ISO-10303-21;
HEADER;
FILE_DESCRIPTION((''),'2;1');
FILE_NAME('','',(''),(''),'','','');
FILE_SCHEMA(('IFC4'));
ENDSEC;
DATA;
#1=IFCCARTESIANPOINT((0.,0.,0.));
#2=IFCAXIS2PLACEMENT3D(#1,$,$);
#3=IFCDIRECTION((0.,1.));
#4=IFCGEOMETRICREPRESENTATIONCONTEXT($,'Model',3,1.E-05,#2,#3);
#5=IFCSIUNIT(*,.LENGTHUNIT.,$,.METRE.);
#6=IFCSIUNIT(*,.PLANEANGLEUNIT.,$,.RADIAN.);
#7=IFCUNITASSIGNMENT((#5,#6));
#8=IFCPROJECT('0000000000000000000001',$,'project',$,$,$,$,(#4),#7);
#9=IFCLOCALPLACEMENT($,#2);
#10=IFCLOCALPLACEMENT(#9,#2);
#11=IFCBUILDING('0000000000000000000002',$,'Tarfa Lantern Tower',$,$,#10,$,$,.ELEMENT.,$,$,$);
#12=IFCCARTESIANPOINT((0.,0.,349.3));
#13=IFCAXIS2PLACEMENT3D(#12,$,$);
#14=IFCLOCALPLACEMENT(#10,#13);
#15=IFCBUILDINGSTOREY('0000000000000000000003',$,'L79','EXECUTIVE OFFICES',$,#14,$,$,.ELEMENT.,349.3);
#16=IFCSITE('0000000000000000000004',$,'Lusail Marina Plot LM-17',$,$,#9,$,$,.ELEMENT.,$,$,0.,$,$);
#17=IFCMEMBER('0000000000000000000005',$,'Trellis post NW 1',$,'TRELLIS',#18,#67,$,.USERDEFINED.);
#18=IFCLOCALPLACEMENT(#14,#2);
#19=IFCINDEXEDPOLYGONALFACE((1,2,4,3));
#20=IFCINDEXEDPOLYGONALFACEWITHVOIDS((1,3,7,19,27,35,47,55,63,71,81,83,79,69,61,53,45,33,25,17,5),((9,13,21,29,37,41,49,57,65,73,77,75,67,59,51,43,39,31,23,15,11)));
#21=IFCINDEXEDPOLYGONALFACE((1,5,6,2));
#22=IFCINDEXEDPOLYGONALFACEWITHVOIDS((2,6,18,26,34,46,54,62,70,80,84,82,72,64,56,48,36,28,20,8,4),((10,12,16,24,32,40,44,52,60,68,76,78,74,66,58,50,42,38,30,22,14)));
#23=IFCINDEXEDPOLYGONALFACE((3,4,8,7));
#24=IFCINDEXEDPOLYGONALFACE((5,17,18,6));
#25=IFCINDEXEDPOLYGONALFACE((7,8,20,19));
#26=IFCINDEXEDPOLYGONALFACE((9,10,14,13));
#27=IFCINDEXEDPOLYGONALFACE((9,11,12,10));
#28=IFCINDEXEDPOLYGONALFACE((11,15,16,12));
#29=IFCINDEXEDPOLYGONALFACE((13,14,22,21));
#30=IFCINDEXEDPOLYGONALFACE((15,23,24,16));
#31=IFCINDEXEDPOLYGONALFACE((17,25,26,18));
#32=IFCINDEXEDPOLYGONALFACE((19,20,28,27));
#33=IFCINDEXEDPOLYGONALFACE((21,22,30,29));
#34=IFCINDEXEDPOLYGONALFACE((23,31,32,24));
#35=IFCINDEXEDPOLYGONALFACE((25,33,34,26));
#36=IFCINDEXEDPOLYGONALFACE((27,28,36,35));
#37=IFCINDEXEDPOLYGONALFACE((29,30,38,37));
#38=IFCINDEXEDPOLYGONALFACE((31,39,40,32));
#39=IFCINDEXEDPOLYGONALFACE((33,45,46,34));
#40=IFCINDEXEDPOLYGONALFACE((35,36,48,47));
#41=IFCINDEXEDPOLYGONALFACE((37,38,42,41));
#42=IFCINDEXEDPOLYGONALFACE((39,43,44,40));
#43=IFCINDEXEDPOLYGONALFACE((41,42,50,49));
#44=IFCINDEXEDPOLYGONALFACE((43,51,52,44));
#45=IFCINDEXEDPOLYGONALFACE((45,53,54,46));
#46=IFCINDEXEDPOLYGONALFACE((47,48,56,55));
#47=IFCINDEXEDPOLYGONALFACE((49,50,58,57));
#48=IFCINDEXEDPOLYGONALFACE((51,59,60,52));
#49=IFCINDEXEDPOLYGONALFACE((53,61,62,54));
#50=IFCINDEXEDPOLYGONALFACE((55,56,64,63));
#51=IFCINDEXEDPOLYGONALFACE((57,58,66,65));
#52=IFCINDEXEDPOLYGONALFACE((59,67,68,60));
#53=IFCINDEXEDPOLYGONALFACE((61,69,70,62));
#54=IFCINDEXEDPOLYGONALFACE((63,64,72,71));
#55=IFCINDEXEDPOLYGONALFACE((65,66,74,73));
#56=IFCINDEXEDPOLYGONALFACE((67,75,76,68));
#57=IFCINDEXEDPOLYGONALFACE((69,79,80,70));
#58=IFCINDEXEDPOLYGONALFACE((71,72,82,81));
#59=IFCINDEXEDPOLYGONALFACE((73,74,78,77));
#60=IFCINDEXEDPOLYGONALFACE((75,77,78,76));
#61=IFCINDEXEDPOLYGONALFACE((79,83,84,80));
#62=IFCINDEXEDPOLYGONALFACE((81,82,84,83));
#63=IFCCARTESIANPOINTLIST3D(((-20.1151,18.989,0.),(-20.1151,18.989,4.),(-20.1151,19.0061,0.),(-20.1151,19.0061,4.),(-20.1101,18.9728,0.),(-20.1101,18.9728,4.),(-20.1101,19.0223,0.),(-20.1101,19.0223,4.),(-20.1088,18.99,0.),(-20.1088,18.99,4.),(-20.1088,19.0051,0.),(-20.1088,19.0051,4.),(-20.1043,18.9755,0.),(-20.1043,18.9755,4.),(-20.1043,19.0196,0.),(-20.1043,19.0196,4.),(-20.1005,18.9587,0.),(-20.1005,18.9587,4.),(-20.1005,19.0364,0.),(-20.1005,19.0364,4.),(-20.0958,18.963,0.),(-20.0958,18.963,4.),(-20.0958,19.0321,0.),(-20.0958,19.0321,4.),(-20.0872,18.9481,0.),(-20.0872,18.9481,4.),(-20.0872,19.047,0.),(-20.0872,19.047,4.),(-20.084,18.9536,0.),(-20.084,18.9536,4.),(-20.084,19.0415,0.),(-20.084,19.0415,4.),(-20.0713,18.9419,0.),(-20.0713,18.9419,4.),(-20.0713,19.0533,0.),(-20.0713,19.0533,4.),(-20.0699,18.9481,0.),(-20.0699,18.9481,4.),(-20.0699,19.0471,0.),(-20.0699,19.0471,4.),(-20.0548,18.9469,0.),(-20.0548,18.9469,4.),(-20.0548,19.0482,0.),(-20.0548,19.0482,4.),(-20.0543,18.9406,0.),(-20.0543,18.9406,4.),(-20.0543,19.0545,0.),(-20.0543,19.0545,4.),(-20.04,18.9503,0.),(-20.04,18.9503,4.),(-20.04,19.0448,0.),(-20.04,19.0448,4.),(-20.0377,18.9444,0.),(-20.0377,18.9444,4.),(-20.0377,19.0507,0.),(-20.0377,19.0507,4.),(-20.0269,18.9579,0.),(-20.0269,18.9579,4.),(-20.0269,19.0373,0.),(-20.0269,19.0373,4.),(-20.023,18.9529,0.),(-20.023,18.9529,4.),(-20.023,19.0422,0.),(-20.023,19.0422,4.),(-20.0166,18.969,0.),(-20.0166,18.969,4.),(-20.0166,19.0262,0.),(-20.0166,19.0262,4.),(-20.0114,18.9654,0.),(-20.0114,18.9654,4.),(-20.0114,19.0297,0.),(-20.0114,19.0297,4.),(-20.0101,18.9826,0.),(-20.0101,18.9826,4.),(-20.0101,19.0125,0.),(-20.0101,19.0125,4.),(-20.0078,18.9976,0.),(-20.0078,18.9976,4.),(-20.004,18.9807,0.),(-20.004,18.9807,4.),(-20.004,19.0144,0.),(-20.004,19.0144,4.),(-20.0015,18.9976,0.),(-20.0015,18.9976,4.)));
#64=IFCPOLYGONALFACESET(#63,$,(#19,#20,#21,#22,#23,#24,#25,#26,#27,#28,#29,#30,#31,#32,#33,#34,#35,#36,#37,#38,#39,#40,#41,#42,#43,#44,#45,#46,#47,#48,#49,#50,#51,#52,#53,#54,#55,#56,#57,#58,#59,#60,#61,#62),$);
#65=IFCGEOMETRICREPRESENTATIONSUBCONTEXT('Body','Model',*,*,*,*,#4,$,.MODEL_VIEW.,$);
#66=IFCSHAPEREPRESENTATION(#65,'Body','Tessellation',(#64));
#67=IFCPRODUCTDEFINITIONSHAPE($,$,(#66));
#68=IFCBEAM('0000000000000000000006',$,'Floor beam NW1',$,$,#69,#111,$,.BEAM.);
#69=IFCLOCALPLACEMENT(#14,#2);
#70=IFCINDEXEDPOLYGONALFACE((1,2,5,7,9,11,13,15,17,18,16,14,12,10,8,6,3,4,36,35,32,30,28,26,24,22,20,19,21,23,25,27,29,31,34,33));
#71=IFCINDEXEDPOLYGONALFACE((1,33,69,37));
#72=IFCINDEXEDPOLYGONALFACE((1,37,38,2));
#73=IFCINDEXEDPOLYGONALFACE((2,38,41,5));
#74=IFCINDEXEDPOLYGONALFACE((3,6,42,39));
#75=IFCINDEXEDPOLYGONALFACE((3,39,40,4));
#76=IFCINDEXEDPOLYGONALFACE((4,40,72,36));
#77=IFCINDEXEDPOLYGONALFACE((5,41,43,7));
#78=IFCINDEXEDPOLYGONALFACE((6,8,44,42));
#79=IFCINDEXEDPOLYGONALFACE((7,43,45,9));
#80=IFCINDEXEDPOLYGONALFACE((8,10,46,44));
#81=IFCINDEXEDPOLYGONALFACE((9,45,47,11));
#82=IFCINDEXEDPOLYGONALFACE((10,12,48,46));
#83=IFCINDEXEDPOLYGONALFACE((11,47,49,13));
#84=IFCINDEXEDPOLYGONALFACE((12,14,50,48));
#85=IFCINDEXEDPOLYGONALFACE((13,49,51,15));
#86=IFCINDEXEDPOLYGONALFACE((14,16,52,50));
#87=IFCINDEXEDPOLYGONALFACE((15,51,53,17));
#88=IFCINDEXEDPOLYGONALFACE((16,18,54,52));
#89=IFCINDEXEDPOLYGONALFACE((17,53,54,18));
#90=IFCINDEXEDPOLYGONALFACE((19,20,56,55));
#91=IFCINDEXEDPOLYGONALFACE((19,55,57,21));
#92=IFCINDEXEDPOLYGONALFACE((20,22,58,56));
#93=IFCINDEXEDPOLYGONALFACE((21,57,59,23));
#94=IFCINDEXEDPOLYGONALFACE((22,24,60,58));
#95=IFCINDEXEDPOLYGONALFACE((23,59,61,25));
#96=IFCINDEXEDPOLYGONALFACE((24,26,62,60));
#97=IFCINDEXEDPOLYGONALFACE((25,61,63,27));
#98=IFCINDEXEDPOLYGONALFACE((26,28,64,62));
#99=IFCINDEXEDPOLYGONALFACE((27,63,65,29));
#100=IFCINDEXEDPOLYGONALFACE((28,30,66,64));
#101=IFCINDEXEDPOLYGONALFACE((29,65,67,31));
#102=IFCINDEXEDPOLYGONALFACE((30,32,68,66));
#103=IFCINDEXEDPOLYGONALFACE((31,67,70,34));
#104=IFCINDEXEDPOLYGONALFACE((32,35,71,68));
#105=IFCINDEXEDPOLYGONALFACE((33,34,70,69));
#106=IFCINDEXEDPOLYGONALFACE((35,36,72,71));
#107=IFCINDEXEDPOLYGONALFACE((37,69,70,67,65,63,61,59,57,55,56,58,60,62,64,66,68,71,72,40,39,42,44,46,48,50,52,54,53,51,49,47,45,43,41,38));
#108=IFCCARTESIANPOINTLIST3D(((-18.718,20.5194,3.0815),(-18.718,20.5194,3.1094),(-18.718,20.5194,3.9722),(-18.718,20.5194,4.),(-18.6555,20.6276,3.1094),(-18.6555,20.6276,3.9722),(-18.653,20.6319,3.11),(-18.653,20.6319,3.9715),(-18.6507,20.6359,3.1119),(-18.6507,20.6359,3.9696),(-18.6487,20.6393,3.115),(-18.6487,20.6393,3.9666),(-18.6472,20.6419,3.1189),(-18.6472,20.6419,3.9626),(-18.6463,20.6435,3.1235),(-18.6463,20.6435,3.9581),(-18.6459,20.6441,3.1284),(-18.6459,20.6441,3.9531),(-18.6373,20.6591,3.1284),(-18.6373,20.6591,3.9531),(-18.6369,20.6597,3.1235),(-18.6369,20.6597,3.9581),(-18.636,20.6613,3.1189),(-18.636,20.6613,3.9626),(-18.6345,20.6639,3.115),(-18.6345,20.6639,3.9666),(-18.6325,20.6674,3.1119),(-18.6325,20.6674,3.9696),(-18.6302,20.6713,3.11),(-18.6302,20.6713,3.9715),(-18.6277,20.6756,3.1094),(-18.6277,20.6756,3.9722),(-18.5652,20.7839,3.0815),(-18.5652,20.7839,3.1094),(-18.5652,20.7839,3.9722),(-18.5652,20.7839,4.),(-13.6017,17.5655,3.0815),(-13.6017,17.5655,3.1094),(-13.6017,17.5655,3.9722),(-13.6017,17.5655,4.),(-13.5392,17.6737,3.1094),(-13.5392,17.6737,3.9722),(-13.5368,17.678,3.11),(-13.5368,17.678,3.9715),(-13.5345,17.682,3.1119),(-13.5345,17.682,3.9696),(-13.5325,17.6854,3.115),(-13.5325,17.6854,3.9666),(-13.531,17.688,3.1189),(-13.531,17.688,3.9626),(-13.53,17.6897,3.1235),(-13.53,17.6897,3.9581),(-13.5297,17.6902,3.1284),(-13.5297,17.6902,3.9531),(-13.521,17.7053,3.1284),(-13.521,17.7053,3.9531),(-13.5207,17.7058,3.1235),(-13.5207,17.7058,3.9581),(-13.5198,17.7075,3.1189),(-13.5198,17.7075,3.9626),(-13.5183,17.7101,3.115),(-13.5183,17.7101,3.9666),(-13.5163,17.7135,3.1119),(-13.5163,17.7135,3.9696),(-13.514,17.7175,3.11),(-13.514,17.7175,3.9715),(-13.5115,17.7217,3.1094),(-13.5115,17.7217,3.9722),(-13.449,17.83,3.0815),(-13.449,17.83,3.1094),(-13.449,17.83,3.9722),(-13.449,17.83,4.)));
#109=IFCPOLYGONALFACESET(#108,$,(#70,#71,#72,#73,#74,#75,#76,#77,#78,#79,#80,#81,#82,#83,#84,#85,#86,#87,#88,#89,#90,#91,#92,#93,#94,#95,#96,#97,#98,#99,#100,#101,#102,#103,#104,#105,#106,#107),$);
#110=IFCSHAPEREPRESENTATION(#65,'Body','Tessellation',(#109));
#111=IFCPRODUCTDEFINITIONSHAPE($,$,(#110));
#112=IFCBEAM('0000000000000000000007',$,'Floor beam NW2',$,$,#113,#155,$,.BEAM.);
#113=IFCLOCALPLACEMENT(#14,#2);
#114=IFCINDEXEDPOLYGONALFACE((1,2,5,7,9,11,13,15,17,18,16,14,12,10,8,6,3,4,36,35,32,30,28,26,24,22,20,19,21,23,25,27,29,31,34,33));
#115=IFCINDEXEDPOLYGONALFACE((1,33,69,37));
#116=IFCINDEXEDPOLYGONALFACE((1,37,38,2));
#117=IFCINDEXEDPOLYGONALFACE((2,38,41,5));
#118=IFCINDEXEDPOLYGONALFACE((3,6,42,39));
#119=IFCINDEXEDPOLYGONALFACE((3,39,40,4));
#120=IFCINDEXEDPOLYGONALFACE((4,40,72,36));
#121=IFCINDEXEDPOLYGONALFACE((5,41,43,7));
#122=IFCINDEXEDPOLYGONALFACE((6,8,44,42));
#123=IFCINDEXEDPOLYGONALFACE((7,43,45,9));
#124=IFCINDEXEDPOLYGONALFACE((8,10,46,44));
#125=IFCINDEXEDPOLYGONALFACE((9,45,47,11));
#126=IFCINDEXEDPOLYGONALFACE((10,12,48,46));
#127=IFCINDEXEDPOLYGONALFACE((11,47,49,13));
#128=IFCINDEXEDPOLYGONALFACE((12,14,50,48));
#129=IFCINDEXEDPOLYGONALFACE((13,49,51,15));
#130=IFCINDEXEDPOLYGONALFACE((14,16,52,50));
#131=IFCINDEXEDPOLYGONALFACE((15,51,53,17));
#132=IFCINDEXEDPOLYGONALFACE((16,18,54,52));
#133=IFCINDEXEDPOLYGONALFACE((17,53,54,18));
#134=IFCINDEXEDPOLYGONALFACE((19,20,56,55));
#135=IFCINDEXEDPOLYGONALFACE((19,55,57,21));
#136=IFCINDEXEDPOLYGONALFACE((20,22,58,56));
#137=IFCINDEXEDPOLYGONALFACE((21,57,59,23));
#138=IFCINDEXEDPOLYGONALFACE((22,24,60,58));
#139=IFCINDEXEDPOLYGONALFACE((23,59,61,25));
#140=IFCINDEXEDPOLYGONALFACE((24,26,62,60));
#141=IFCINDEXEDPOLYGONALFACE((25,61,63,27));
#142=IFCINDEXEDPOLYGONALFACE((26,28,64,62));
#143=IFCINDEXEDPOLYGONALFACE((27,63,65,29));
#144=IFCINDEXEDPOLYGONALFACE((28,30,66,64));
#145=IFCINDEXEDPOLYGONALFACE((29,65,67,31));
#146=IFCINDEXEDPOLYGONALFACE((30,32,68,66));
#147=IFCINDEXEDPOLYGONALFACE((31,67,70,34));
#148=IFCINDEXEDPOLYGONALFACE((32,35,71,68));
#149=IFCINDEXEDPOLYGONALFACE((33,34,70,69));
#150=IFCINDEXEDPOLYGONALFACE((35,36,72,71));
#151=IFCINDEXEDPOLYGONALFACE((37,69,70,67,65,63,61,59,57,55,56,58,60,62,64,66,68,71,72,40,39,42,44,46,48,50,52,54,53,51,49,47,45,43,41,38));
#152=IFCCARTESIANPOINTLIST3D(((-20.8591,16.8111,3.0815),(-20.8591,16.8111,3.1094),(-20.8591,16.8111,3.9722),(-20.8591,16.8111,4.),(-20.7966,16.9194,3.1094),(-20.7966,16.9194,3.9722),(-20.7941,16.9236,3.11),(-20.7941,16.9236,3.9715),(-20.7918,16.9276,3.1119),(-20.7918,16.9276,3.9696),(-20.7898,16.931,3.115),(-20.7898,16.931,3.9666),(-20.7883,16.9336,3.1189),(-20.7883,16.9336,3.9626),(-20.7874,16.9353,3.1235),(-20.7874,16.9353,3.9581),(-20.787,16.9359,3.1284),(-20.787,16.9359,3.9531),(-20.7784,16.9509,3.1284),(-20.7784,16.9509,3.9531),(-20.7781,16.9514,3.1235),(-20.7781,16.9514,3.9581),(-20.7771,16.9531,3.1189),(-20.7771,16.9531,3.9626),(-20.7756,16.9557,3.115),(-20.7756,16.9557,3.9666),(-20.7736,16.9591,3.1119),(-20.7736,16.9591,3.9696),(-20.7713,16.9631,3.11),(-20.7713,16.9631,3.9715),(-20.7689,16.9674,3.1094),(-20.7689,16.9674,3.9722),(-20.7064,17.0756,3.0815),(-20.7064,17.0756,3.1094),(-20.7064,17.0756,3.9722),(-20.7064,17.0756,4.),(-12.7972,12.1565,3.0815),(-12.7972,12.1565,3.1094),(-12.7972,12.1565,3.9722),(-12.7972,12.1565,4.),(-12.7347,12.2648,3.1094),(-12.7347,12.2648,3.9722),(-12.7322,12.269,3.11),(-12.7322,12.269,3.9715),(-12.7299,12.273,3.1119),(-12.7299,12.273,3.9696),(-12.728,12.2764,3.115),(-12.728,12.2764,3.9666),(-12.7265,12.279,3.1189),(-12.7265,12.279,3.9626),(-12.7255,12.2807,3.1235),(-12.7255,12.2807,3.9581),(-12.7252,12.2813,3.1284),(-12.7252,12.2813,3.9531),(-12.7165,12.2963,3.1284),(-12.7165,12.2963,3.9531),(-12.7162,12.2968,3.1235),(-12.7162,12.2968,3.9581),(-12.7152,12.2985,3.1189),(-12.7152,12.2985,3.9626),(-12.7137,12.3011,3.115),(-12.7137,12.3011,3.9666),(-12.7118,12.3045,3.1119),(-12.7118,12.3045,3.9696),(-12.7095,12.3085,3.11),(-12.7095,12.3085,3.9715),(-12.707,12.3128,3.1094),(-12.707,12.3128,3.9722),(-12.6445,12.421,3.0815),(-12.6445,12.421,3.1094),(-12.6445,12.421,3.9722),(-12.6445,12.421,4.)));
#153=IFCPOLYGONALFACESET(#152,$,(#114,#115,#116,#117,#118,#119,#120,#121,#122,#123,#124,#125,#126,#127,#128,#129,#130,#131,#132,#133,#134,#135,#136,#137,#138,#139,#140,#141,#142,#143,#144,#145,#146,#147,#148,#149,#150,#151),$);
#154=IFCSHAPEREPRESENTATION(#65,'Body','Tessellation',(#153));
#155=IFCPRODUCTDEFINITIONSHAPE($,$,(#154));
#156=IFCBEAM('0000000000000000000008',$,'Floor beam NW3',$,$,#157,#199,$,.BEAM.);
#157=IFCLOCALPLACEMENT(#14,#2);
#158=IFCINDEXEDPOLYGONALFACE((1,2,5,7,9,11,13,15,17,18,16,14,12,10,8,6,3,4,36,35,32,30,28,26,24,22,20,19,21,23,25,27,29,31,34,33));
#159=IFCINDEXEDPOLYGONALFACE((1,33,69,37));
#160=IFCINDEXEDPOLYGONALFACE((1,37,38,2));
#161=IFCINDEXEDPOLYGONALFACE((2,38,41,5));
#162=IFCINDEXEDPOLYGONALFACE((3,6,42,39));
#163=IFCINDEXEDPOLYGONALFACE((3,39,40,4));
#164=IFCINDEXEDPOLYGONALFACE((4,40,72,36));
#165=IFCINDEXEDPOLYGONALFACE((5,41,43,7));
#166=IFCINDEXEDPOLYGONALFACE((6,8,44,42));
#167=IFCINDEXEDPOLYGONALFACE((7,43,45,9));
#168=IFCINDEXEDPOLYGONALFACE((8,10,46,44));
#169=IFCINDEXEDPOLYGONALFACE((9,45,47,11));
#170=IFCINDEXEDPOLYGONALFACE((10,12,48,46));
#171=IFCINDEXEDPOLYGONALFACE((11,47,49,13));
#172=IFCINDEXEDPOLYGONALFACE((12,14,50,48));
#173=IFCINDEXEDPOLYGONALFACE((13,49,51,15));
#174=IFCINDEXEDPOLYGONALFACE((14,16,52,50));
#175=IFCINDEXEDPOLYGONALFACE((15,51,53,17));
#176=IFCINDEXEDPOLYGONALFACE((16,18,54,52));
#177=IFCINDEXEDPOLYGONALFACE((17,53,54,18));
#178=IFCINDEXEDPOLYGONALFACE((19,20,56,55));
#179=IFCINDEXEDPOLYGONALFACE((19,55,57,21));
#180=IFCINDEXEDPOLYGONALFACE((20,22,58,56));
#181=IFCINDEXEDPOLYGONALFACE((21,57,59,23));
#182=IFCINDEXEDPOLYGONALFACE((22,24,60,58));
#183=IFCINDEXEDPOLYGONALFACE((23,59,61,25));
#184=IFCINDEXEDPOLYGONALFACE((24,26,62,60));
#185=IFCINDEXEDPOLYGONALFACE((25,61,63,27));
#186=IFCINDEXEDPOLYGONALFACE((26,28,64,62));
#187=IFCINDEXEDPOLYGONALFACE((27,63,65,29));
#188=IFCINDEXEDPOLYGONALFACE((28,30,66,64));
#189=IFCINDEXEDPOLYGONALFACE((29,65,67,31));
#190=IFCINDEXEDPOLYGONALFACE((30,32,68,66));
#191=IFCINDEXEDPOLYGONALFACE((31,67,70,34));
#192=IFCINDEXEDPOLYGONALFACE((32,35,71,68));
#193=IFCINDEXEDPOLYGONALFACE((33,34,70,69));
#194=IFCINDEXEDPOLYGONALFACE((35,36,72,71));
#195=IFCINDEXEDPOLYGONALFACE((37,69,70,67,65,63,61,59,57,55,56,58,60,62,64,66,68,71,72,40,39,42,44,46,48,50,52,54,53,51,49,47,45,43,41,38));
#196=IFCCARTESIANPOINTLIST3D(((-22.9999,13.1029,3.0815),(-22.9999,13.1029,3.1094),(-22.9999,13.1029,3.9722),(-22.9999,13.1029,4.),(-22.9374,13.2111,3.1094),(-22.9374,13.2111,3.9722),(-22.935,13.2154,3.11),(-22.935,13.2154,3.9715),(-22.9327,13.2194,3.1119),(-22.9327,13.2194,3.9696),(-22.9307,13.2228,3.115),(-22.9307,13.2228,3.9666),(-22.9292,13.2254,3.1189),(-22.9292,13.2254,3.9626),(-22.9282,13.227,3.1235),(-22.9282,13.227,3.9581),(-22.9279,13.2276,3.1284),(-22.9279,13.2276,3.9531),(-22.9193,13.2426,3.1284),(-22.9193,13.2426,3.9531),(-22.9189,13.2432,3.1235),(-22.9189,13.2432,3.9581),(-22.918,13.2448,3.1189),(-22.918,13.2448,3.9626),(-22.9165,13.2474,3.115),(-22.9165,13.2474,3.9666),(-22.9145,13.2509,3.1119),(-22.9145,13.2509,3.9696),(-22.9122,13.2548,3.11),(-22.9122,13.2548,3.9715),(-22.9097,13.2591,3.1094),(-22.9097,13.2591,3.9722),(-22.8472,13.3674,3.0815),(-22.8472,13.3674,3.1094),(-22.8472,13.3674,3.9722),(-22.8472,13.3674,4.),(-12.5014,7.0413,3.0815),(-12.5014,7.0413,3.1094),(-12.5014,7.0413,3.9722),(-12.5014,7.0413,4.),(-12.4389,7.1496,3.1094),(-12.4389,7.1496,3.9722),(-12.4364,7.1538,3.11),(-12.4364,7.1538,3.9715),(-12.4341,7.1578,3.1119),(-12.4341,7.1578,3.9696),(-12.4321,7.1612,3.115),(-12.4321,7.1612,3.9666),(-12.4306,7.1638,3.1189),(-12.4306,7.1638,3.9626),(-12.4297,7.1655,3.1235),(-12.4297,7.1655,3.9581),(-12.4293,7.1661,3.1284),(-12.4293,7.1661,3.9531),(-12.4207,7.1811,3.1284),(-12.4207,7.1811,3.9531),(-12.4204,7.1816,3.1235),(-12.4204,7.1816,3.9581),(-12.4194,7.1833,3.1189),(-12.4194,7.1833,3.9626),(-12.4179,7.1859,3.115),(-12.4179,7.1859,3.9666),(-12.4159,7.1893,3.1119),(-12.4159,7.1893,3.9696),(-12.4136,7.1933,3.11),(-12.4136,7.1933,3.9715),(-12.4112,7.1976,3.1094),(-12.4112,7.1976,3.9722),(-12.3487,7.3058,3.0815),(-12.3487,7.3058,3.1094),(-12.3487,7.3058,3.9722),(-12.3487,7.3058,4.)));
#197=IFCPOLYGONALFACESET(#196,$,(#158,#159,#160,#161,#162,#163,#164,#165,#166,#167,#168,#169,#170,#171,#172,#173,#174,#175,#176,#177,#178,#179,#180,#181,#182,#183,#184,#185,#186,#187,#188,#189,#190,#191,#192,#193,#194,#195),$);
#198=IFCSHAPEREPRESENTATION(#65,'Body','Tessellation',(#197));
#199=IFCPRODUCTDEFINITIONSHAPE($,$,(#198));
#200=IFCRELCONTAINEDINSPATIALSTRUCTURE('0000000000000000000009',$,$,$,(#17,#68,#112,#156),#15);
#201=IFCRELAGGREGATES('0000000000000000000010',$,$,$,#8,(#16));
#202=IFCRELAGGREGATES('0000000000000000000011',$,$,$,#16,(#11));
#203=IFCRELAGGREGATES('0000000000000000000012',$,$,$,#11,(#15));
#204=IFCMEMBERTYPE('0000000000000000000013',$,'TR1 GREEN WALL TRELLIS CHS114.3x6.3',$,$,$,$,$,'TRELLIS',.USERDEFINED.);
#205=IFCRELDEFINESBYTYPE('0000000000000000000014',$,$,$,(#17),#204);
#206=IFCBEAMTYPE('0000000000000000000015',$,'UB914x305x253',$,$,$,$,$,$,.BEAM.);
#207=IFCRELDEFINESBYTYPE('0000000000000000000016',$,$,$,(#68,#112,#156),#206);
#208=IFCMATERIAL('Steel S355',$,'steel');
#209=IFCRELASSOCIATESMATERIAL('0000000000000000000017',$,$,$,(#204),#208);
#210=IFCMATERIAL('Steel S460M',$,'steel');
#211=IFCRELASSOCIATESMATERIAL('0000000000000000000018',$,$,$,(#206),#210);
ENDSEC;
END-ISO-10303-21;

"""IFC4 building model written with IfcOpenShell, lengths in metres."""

from ifc_helpers import new_model, si_unit, direction, frame, origin, origin_2d, place, context, subcontext, project, spatial, hollow_circle, i_section, extrude, material, material_profile, profile_set, type_object, element, save


model = new_model("IFC4")

# Units and contexts
model_context = context("Model", 3, precision=1e-05, world=origin(), true_north=direction((0.0, 1.0)))
body_context = subcontext(model_context, "Body", "Model", "MODEL_VIEW")
ifc_project = project(units=[si_unit("LENGTHUNIT", "METRE"), si_unit("PLANEANGLEUNIT", "RADIAN")], contexts=[model_context])

# Site, building, storey
site_placement = place(None, origin())
site = spatial("IfcSite", under=ifc_project, at=site_placement, Name="Lusail Marina Plot LM-17", CompositionType="ELEMENT", RefElevation=0.0)
building_placement = place(site_placement, origin())
building = spatial("IfcBuilding", under=site, at=building_placement, Name="Tarfa Lantern Tower", CompositionType="ELEMENT")
storey_placement = place(building_placement, frame((0.0, 0.0, 349.3)))
storey = spatial("IfcBuildingStorey", under=building, at=storey_placement, Name="L79", Description="EXECUTIVE OFFICES", CompositionType="ELEMENT", Elevation=349.3)

# Member
ifc_material_1 = material(Name="Steel S355", Category="steel")
ifc_material_profile_1 = material_profile(ifc_material_1, hollow_circle(Radius=0.0571, WallThickness=0.0063, at=origin_2d()), Name="CHS114.3x6.3")
ifc_profile_set_1 = profile_set([ifc_material_profile_1], Name="Steel S355")
member_type_1 = type_object("IfcMemberType", Name="TR1 GREEN WALL TRELLIS CHS114.3x6.3", ElementType="TRELLIS", PredefinedType="USERDEFINED", material=ifc_profile_set_1)
member_1_placement = place(storey_placement, frame((-20.0586, 18.9976, 0.0), z_axis=(0.0, 0.0, 1.0), x_axis=(1.0, 0.0, 0.0)))
element("IfcMember", 1, at=member_1_placement, inside=storey, type_object=member_type_1, Name="Trellis post NW 1", ObjectType="TRELLIS", PredefinedType="USERDEFINED", context=body_context, shape_type="SweptSolid", body=[
    extrude(hollow_circle(Radius=0.0571, WallThickness=0.0063, at=origin_2d()), origin(), (0.0, 0.0, 1.0), 4.0),
])

# Beams
ifc_material_2 = material(Name="Steel S460M", Category="steel")
ifc_material_profile_2 = material_profile(ifc_material_2, i_section(OverallWidth=0.3054, OverallDepth=0.9185, WebThickness=0.0173, FlangeThickness=0.0278, FilletRadius=0.019, at=origin_2d()), Name="UB914x305x253")
ifc_profile_set_2 = profile_set([ifc_material_profile_2], Name="Steel S460M")
beam_type_1 = type_object("IfcBeamType", Name="UB914x305x253", PredefinedType="BEAM", material=ifc_profile_set_2)
beam_1_placement = place(storey_placement, frame((-18.6416, 20.6516, 3.5408), z_axis=(0.866025, -0.500001, 0.0), x_axis=(0.500001, 0.866025, 0.0)))
element("IfcBeam", 2, at=beam_1_placement, inside=storey, type_object=beam_type_1, Name="Floor beam NW1", PredefinedType="BEAM", context=body_context, shape_type="SweptSolid", body=[
    extrude(i_section(OverallWidth=0.3054, OverallDepth=0.9185, WebThickness=0.0173, FlangeThickness=0.0278, FilletRadius=0.019, at=origin_2d()), origin(), (0.0, 0.0, 1.0), 5.9077),
])
beam_2_placement = place(storey_placement, frame((-20.7827, 16.9434, 3.5408), z_axis=(0.866022, -0.500006, 0.0), x_axis=(0.500006, 0.866022, 0.0)))
element("IfcBeam", 3, at=beam_2_placement, inside=storey, type_object=beam_type_1, Name="Floor beam NW2", PredefinedType="BEAM", context=body_context, shape_type="SweptSolid", body=[
    extrude(i_section(OverallWidth=0.3054, OverallDepth=0.9185, WebThickness=0.0173, FlangeThickness=0.0278, FilletRadius=0.019, at=origin_2d()), origin(), (0.0, 0.0, 1.0), 9.3091),
])
beam_3_placement = place(storey_placement, frame((-22.9236, 13.2351, 3.5408), z_axis=(0.866019, -0.500012, 0.0), x_axis=(0.500012, 0.866019, 0.0)))
element("IfcBeam", 4, at=beam_3_placement, inside=storey, type_object=beam_type_1, Name="Floor beam NW3", PredefinedType="BEAM", context=body_context, shape_type="SweptSolid", body=[
    extrude(i_section(OverallWidth=0.3054, OverallDepth=0.9185, WebThickness=0.0173, FlangeThickness=0.0278, FilletRadius=0.019, at=origin_2d()), origin(), (0.0, 0.0, 1.0), 12.1228),
])

save(model, "model.ifc")
